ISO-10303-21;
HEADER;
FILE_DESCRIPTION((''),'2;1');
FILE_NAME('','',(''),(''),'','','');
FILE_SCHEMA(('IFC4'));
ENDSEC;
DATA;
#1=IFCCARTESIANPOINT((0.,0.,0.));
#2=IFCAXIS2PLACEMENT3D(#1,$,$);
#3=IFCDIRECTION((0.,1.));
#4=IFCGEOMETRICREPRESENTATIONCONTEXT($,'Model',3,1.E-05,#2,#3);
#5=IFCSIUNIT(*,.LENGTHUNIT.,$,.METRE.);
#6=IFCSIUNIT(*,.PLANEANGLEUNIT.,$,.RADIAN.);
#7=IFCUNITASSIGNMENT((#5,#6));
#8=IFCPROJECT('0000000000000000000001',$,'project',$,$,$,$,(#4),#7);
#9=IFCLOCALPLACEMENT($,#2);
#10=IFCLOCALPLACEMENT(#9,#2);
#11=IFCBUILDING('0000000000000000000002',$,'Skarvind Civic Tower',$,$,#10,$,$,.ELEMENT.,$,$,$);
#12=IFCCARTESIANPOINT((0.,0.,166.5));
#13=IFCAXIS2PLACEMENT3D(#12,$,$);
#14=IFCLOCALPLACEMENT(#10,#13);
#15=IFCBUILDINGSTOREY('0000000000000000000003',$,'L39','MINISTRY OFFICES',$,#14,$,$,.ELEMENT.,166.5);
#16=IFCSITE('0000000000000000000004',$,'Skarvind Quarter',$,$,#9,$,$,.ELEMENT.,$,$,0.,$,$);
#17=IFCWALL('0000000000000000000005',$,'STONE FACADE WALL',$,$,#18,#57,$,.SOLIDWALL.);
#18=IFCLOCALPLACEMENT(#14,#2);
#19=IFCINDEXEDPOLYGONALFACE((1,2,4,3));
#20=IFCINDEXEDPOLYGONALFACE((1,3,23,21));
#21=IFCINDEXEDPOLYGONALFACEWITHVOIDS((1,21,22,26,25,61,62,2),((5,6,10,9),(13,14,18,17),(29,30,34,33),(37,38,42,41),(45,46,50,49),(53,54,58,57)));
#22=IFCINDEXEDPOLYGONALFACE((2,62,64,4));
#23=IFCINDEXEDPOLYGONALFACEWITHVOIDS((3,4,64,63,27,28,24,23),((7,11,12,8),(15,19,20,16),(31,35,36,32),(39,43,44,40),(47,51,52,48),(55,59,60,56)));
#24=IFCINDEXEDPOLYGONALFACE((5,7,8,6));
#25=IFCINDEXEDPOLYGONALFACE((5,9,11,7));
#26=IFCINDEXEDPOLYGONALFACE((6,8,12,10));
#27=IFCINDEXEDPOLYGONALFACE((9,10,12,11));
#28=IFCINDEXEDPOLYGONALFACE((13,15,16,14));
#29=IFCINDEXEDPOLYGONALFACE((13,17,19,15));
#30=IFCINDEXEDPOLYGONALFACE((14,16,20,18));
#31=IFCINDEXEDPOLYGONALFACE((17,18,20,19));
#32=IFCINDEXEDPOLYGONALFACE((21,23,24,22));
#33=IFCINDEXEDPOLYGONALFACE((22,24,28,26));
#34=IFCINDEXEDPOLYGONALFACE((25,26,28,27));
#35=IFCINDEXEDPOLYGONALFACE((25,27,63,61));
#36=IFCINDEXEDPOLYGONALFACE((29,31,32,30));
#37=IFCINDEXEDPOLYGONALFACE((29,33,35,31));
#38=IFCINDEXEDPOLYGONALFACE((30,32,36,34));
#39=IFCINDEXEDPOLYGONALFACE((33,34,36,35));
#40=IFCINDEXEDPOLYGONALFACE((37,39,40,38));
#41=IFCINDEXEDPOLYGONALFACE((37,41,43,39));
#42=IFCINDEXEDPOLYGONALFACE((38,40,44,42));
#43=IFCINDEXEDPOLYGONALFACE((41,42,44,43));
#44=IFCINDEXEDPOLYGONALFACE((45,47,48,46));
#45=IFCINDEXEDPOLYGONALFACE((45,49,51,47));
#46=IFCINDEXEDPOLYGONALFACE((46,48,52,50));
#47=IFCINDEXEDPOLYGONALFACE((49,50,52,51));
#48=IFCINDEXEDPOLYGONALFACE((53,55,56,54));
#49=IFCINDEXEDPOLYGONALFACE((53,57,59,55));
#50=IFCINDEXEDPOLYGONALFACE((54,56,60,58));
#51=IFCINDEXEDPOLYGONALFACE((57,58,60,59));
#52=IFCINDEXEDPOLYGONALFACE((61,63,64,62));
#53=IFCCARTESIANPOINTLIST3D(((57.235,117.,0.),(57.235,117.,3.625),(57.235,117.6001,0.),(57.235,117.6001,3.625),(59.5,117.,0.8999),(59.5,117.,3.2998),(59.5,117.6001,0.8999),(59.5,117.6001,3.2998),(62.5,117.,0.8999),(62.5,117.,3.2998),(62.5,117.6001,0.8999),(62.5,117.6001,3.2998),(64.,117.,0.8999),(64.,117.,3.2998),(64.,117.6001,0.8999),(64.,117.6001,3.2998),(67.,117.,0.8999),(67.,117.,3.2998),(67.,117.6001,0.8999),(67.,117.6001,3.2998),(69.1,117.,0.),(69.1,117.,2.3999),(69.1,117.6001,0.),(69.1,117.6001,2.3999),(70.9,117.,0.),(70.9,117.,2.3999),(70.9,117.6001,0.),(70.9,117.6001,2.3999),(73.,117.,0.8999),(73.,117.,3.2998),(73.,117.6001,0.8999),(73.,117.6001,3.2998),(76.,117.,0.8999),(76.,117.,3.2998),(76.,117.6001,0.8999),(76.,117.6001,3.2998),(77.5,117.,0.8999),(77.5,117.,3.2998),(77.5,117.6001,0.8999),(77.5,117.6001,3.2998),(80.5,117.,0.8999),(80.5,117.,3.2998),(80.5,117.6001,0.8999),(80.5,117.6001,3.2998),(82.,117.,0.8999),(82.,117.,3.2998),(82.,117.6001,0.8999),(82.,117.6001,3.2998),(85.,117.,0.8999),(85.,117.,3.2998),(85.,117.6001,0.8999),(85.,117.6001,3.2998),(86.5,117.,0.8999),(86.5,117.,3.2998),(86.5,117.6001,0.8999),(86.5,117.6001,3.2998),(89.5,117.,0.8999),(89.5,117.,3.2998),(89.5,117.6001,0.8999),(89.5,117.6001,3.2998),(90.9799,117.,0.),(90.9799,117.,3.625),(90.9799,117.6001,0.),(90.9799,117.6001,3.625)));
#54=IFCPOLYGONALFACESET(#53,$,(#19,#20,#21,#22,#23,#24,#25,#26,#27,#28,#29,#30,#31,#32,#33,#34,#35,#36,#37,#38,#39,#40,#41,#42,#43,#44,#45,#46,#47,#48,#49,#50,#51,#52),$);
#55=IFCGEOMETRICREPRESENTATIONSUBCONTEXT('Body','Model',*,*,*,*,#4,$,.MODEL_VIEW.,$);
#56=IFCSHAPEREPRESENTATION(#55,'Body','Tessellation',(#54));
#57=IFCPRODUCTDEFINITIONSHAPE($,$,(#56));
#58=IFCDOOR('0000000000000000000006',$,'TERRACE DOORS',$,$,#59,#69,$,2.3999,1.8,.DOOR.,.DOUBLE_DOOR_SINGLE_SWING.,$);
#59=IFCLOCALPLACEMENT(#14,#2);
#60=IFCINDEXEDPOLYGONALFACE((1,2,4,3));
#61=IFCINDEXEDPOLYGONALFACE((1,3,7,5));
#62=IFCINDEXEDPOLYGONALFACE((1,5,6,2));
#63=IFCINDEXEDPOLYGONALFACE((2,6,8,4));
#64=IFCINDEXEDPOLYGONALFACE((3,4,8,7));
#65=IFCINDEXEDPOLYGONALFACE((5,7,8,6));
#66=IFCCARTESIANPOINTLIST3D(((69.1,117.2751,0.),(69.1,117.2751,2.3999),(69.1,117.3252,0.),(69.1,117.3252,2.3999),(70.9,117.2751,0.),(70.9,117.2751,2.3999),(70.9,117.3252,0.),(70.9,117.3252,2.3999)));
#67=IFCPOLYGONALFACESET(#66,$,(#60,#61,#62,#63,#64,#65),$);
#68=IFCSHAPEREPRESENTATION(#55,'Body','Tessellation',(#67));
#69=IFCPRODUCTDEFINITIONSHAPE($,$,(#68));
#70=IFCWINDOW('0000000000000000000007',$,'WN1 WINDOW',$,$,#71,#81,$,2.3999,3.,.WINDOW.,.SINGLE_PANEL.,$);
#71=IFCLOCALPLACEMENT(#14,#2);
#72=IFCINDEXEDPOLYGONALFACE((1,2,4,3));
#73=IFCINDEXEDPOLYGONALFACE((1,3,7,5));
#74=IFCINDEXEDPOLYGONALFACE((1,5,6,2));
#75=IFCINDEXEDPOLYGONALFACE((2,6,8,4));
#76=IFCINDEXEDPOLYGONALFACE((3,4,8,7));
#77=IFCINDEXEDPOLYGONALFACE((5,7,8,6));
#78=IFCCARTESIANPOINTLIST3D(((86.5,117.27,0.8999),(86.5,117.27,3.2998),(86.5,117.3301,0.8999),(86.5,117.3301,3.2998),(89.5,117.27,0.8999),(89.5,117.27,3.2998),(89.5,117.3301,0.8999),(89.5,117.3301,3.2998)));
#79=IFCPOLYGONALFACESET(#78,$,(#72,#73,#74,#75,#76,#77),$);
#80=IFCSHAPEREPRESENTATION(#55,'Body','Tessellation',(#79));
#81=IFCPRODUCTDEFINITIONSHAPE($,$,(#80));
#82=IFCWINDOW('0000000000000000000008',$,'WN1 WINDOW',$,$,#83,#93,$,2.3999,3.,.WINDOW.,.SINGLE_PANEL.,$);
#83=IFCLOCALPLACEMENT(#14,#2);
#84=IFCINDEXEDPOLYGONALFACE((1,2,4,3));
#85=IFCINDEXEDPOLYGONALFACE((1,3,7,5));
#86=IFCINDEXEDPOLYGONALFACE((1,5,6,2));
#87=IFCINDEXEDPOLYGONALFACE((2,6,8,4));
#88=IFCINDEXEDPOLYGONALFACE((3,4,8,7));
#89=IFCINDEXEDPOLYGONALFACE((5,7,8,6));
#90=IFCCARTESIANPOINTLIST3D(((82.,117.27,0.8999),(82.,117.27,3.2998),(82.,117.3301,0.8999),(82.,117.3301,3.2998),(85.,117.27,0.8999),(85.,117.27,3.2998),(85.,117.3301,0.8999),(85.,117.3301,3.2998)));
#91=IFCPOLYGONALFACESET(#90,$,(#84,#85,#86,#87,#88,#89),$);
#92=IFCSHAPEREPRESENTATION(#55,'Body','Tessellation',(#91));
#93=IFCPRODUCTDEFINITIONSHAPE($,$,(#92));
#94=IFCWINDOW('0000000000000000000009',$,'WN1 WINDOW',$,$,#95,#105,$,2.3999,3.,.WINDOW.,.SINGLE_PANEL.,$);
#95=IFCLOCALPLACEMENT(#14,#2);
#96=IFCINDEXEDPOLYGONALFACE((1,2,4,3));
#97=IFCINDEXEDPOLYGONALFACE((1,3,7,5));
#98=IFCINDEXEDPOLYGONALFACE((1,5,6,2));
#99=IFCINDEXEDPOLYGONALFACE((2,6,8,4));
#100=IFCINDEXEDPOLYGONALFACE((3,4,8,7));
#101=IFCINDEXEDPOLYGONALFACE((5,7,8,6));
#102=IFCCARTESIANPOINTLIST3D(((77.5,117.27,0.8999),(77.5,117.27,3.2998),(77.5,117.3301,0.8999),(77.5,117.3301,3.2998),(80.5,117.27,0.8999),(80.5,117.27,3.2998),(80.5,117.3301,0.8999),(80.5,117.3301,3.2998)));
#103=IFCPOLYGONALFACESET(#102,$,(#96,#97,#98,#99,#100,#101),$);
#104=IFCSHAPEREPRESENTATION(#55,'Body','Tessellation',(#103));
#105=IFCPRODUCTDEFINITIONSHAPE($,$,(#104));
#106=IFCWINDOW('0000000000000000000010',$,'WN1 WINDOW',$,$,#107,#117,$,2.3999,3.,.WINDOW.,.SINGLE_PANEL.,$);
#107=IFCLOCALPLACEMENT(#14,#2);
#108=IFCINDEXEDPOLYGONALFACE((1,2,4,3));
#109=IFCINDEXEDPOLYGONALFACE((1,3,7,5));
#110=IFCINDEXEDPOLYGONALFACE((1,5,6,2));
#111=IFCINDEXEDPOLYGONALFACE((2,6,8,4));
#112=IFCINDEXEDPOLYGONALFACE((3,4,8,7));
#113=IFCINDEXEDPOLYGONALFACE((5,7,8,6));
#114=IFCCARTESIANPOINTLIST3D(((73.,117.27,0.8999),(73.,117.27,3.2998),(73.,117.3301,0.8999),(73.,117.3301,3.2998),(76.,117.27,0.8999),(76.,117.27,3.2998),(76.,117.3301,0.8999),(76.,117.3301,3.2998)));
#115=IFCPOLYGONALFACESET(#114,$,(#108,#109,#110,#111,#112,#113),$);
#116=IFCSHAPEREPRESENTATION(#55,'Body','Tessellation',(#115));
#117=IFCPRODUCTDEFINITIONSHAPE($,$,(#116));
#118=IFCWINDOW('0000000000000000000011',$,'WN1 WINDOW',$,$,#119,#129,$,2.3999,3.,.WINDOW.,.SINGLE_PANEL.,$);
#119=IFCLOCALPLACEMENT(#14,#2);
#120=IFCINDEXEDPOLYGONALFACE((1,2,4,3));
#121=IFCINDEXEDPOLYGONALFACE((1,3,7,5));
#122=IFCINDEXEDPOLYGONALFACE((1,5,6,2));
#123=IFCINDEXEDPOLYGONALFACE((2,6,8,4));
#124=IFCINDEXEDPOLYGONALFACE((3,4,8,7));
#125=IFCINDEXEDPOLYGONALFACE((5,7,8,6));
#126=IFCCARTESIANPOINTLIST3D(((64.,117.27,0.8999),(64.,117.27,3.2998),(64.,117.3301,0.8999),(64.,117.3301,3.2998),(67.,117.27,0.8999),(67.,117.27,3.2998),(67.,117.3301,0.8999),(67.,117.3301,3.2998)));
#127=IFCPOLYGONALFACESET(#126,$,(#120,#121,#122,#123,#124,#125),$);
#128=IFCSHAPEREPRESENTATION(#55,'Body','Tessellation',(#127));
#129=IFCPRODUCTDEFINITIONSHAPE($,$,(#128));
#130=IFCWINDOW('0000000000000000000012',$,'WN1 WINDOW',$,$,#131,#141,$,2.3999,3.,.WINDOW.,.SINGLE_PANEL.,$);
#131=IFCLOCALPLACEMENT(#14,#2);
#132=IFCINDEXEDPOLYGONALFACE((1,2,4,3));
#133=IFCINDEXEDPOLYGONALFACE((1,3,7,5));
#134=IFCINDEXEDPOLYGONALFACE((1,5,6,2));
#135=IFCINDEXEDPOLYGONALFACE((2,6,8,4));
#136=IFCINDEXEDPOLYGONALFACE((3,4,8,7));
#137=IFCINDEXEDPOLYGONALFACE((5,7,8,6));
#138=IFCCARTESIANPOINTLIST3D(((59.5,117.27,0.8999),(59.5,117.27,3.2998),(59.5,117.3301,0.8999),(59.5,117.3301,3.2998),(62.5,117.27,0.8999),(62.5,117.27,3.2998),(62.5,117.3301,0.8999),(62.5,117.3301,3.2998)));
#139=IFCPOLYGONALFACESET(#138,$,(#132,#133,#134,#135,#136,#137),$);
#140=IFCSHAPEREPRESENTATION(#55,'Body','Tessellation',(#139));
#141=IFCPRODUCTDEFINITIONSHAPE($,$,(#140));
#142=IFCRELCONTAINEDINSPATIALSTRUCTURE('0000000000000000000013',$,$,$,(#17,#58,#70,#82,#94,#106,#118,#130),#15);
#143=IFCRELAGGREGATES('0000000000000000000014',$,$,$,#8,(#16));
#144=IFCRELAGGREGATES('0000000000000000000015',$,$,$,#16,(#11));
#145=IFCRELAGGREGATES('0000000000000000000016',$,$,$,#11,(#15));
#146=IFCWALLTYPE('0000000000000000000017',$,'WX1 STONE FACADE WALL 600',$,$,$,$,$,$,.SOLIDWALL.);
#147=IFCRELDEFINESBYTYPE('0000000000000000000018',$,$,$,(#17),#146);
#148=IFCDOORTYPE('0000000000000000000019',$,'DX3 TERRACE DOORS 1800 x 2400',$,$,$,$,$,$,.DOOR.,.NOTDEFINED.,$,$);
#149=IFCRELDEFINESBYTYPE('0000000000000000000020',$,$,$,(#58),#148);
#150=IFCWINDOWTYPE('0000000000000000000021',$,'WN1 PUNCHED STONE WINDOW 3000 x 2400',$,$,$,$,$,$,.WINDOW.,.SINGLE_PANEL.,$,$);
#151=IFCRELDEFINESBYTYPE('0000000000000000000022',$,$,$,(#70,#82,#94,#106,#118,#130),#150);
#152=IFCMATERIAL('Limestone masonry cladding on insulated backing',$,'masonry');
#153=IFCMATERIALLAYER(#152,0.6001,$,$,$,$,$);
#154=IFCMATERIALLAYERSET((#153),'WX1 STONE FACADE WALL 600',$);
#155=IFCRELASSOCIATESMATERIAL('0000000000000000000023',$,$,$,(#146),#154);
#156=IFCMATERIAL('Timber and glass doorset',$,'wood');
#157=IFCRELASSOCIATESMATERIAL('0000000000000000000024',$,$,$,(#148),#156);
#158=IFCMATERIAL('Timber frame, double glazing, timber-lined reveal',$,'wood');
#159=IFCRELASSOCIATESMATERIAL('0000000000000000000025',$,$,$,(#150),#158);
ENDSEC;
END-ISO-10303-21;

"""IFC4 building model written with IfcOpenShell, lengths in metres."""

from ifc_helpers import new_model, si_unit, direction, frame, frame_2d, origin, place, context, subcontext, project, spatial, rectangle, extrude, material, layer, layer_set, type_object, element, fill, save


model = new_model("IFC4")

# Units and contexts
model_context = context("Model", 3, precision=1e-05, world=origin(), true_north=direction((0.0, 1.0)))
body_context = subcontext(model_context, "Body", "Model", "MODEL_VIEW")
ifc_project = project(units=[si_unit("LENGTHUNIT", "METRE"), si_unit("PLANEANGLEUNIT", "RADIAN")], contexts=[model_context])

# Site, building, storey
site_placement = place(None, origin())
site = spatial("IfcSite", under=ifc_project, at=site_placement, Name="Skarvind Quarter", CompositionType="ELEMENT", RefElevation=0.0)
building_placement = place(site_placement, origin())
building = spatial("IfcBuilding", under=site, at=building_placement, Name="Skarvind Civic Tower", CompositionType="ELEMENT")
storey_placement = place(building_placement, frame((0.0, 0.0, 166.5)))
storey = spatial("IfcBuildingStorey", under=building, at=storey_placement, Name="L39", Description="MINISTRY OFFICES", CompositionType="ELEMENT", Elevation=166.5)

# Wall, openings, door, windows
ifc_material_1 = material(Name="Limestone masonry cladding on insulated backing", Category="masonry")
ifc_layer_1 = layer(ifc_material_1, 0.6001)
ifc_layer_set_1 = layer_set([ifc_layer_1], Name="WX1 STONE FACADE WALL 600")
wall_type_1 = type_object("IfcWallType", Name="WX1 STONE FACADE WALL 600", PredefinedType="SOLIDWALL", material=ifc_layer_set_1)
wall_1_placement = place(storey_placement, frame((90.98, 117.3, 0.0), z_axis=(0.0, 0.0, 1.0), x_axis=(-1.0, 0.0, 0.0)))
wall_1 = element("IfcWall", 1, at=wall_1_placement, inside=storey, type_object=wall_type_1, Name="STONE FACADE WALL", PredefinedType="SOLIDWALL", context=body_context, shape_type="SweptSolid", body=[
    extrude(rectangle(XDim=33.7449, YDim=0.6001, at=frame_2d((16.8726, 0.0))), origin(), (0.0, 0.0, 1.0), 3.625),
])
opening_1_placement = place(wall_1_placement, frame((1.48, 0.0, 0.8999)))
opening_1 = element("IfcOpeningElement", 2, at=opening_1_placement, cuts=wall_1, PredefinedType="OPENING", context=body_context, shape_type="SweptSolid", body=[
    extrude(rectangle(XDim=3.0, YDim=2.3999, at=frame_2d((1.5, 1.2))), frame((0.0, 0.3101, 0.0), z_axis=(0.0, -1.0, 0.0), x_axis=(1.0, 0.0, 0.0)), (0.0, 0.0, 1.0), 0.6201),
])
opening_2_placement = place(wall_1_placement, frame((5.98, 0.0, 0.8999)))
opening_2 = element("IfcOpeningElement", 3, at=opening_2_placement, cuts=wall_1, PredefinedType="OPENING", context=body_context, shape_type="SweptSolid", body=[
    extrude(rectangle(XDim=3.0, YDim=2.3999, at=frame_2d((1.5, 1.2))), frame((0.0, 0.3101, 0.0), z_axis=(0.0, -1.0, 0.0), x_axis=(1.0, 0.0, 0.0)), (0.0, 0.0, 1.0), 0.6201),
])
opening_3_placement = place(wall_1_placement, frame((10.48, 0.0, 0.8999)))
opening_3 = element("IfcOpeningElement", 4, at=opening_3_placement, cuts=wall_1, PredefinedType="OPENING", context=body_context, shape_type="SweptSolid", body=[
    extrude(rectangle(XDim=3.0, YDim=2.3999, at=frame_2d((1.5, 1.2))), frame((0.0, 0.3101, 0.0), z_axis=(0.0, -1.0, 0.0), x_axis=(1.0, 0.0, 0.0)), (0.0, 0.0, 1.0), 0.6201),
])
opening_4_placement = place(wall_1_placement, frame((14.98, 0.0, 0.8999)))
opening_4 = element("IfcOpeningElement", 5, at=opening_4_placement, cuts=wall_1, PredefinedType="OPENING", context=body_context, shape_type="SweptSolid", body=[
    extrude(rectangle(XDim=3.0, YDim=2.3999, at=frame_2d((1.5, 1.2))), frame((0.0, 0.3101, 0.0), z_axis=(0.0, -1.0, 0.0), x_axis=(1.0, 0.0, 0.0)), (0.0, 0.0, 1.0), 0.6201),
])
opening_5_placement = place(wall_1_placement, frame((20.0801, 0.0, 0.0)))
opening_5 = element("IfcOpeningElement", 6, at=opening_5_placement, cuts=wall_1, PredefinedType="OPENING", context=body_context, shape_type="SweptSolid", body=[
    extrude(rectangle(XDim=1.8, YDim=2.3999, at=frame_2d((0.8999, 1.2))), frame((0.0, 0.3101, 0.0), z_axis=(0.0, -1.0, 0.0), x_axis=(1.0, 0.0, 0.0)), (0.0, 0.0, 1.0), 0.6201),
])
opening_6_placement = place(wall_1_placement, frame((23.98, 0.0, 0.8999)))
opening_6 = element("IfcOpeningElement", 7, at=opening_6_placement, cuts=wall_1, PredefinedType="OPENING", context=body_context, shape_type="SweptSolid", body=[
    extrude(rectangle(XDim=3.0, YDim=2.3999, at=frame_2d((1.5, 1.2))), frame((0.0, 0.3101, 0.0), z_axis=(0.0, -1.0, 0.0), x_axis=(1.0, 0.0, 0.0)), (0.0, 0.0, 1.0), 0.6201),
])
opening_7_placement = place(wall_1_placement, frame((28.48, 0.0, 0.8999)))
opening_7 = element("IfcOpeningElement", 8, at=opening_7_placement, cuts=wall_1, PredefinedType="OPENING", context=body_context, shape_type="SweptSolid", body=[
    extrude(rectangle(XDim=3.0, YDim=2.3999, at=frame_2d((1.5, 1.2))), frame((0.0, 0.3101, 0.0), z_axis=(0.0, -1.0, 0.0), x_axis=(1.0, 0.0, 0.0)), (0.0, 0.0, 1.0), 0.6201),
])
ifc_material_2 = material(Name="Timber and glass doorset", Category="wood")
door_type_1 = type_object("IfcDoorType", Name="DX3 TERRACE DOORS 1800 x 2400", OperationType="NOTDEFINED", PredefinedType="DOOR", material=ifc_material_2)
door_1_placement = place(opening_5_placement, origin())
door_1 = element("IfcDoor", 9, at=door_1_placement, inside=storey, type_object=door_type_1, Name="TERRACE DOORS", OperationType="DOUBLE_DOOR_SINGLE_SWING", OverallHeight=2.3999, OverallWidth=1.8, PredefinedType="DOOR", context=body_context, shape_type="SweptSolid", body=[
    extrude(rectangle(XDim=1.8, YDim=2.3999, at=frame_2d((0.8999, 1.2))), frame((0.0, 0.0249, 0.0), z_axis=(0.0, -1.0, 0.0), x_axis=(1.0, 0.0, 0.0)), (0.0, 0.0, 1.0), 0.05),
])
fill(opening_5, door_1)
ifc_material_3 = material(Name="Timber frame, double glazing, timber-lined reveal", Category="wood")
window_type = type_object("IfcWindowType", Name="WN1 PUNCHED STONE WINDOW 3000 x 2400", PartitioningType="SINGLE_PANEL", PredefinedType="WINDOW", material=ifc_material_3)
window_1_placement = place(opening_1_placement, origin())
window_1 = element("IfcWindow", 10, at=window_1_placement, inside=storey, type_object=window_type, Name="WN1 WINDOW", OverallHeight=2.3999, OverallWidth=3.0, PartitioningType="SINGLE_PANEL", PredefinedType="WINDOW", context=body_context, shape_type="SweptSolid", body=[
    extrude(rectangle(XDim=3.0, YDim=2.3999, at=frame_2d((1.5, 1.2))), frame((0.0, 0.03, 0.0), z_axis=(0.0, -1.0, 0.0), x_axis=(1.0, 0.0, 0.0)), (0.0, 0.0, 1.0), 0.0601),
])
fill(opening_1, window_1)
window_2_placement = place(opening_2_placement, origin())
window_2 = element("IfcWindow", 11, at=window_2_placement, inside=storey, type_object=window_type, Name="WN1 WINDOW", OverallHeight=2.3999, OverallWidth=3.0, PartitioningType="SINGLE_PANEL", PredefinedType="WINDOW", context=body_context, shape_type="SweptSolid", body=[
    extrude(rectangle(XDim=3.0, YDim=2.3999, at=frame_2d((1.5, 1.2))), frame((0.0, 0.03, 0.0), z_axis=(0.0, -1.0, 0.0), x_axis=(1.0, 0.0, 0.0)), (0.0, 0.0, 1.0), 0.0601),
])
fill(opening_2, window_2)
window_3_placement = place(opening_3_placement, origin())
window_3 = element("IfcWindow", 12, at=window_3_placement, inside=storey, type_object=window_type, Name="WN1 WINDOW", OverallHeight=2.3999, OverallWidth=3.0, PartitioningType="SINGLE_PANEL", PredefinedType="WINDOW", context=body_context, shape_type="SweptSolid", body=[
    extrude(rectangle(XDim=3.0, YDim=2.3999, at=frame_2d((1.5, 1.2))), frame((0.0, 0.03, 0.0), z_axis=(0.0, -1.0, 0.0), x_axis=(1.0, 0.0, 0.0)), (0.0, 0.0, 1.0), 0.0601),
])
fill(opening_3, window_3)
window_4_placement = place(opening_4_placement, origin())
window_4 = element("IfcWindow", 13, at=window_4_placement, inside=storey, type_object=window_type, Name="WN1 WINDOW", OverallHeight=2.3999, OverallWidth=3.0, PartitioningType="SINGLE_PANEL", PredefinedType="WINDOW", context=body_context, shape_type="SweptSolid", body=[
    extrude(rectangle(XDim=3.0, YDim=2.3999, at=frame_2d((1.5, 1.2))), frame((0.0, 0.03, 0.0), z_axis=(0.0, -1.0, 0.0), x_axis=(1.0, 0.0, 0.0)), (0.0, 0.0, 1.0), 0.0601),
])
fill(opening_4, window_4)
window_5_placement = place(opening_6_placement, origin())
window_5 = element("IfcWindow", 14, at=window_5_placement, inside=storey, type_object=window_type, Name="WN1 WINDOW", OverallHeight=2.3999, OverallWidth=3.0, PartitioningType="SINGLE_PANEL", PredefinedType="WINDOW", context=body_context, shape_type="SweptSolid", body=[
    extrude(rectangle(XDim=3.0, YDim=2.3999, at=frame_2d((1.5, 1.2))), frame((0.0, 0.03, 0.0), z_axis=(0.0, -1.0, 0.0), x_axis=(1.0, 0.0, 0.0)), (0.0, 0.0, 1.0), 0.0601),
])
fill(opening_6, window_5)
window_6_placement = place(opening_7_placement, origin())
window_6 = element("IfcWindow", 15, at=window_6_placement, inside=storey, type_object=window_type, Name="WN1 WINDOW", OverallHeight=2.3999, OverallWidth=3.0, PartitioningType="SINGLE_PANEL", PredefinedType="WINDOW", context=body_context, shape_type="SweptSolid", body=[
    extrude(rectangle(XDim=3.0, YDim=2.3999, at=frame_2d((1.5, 1.2))), frame((0.0, 0.03, 0.0), z_axis=(0.0, -1.0, 0.0), x_axis=(1.0, 0.0, 0.0)), (0.0, 0.0, 1.0), 0.0601),
])
fill(opening_7, window_6)

save(model, "model.ifc")
